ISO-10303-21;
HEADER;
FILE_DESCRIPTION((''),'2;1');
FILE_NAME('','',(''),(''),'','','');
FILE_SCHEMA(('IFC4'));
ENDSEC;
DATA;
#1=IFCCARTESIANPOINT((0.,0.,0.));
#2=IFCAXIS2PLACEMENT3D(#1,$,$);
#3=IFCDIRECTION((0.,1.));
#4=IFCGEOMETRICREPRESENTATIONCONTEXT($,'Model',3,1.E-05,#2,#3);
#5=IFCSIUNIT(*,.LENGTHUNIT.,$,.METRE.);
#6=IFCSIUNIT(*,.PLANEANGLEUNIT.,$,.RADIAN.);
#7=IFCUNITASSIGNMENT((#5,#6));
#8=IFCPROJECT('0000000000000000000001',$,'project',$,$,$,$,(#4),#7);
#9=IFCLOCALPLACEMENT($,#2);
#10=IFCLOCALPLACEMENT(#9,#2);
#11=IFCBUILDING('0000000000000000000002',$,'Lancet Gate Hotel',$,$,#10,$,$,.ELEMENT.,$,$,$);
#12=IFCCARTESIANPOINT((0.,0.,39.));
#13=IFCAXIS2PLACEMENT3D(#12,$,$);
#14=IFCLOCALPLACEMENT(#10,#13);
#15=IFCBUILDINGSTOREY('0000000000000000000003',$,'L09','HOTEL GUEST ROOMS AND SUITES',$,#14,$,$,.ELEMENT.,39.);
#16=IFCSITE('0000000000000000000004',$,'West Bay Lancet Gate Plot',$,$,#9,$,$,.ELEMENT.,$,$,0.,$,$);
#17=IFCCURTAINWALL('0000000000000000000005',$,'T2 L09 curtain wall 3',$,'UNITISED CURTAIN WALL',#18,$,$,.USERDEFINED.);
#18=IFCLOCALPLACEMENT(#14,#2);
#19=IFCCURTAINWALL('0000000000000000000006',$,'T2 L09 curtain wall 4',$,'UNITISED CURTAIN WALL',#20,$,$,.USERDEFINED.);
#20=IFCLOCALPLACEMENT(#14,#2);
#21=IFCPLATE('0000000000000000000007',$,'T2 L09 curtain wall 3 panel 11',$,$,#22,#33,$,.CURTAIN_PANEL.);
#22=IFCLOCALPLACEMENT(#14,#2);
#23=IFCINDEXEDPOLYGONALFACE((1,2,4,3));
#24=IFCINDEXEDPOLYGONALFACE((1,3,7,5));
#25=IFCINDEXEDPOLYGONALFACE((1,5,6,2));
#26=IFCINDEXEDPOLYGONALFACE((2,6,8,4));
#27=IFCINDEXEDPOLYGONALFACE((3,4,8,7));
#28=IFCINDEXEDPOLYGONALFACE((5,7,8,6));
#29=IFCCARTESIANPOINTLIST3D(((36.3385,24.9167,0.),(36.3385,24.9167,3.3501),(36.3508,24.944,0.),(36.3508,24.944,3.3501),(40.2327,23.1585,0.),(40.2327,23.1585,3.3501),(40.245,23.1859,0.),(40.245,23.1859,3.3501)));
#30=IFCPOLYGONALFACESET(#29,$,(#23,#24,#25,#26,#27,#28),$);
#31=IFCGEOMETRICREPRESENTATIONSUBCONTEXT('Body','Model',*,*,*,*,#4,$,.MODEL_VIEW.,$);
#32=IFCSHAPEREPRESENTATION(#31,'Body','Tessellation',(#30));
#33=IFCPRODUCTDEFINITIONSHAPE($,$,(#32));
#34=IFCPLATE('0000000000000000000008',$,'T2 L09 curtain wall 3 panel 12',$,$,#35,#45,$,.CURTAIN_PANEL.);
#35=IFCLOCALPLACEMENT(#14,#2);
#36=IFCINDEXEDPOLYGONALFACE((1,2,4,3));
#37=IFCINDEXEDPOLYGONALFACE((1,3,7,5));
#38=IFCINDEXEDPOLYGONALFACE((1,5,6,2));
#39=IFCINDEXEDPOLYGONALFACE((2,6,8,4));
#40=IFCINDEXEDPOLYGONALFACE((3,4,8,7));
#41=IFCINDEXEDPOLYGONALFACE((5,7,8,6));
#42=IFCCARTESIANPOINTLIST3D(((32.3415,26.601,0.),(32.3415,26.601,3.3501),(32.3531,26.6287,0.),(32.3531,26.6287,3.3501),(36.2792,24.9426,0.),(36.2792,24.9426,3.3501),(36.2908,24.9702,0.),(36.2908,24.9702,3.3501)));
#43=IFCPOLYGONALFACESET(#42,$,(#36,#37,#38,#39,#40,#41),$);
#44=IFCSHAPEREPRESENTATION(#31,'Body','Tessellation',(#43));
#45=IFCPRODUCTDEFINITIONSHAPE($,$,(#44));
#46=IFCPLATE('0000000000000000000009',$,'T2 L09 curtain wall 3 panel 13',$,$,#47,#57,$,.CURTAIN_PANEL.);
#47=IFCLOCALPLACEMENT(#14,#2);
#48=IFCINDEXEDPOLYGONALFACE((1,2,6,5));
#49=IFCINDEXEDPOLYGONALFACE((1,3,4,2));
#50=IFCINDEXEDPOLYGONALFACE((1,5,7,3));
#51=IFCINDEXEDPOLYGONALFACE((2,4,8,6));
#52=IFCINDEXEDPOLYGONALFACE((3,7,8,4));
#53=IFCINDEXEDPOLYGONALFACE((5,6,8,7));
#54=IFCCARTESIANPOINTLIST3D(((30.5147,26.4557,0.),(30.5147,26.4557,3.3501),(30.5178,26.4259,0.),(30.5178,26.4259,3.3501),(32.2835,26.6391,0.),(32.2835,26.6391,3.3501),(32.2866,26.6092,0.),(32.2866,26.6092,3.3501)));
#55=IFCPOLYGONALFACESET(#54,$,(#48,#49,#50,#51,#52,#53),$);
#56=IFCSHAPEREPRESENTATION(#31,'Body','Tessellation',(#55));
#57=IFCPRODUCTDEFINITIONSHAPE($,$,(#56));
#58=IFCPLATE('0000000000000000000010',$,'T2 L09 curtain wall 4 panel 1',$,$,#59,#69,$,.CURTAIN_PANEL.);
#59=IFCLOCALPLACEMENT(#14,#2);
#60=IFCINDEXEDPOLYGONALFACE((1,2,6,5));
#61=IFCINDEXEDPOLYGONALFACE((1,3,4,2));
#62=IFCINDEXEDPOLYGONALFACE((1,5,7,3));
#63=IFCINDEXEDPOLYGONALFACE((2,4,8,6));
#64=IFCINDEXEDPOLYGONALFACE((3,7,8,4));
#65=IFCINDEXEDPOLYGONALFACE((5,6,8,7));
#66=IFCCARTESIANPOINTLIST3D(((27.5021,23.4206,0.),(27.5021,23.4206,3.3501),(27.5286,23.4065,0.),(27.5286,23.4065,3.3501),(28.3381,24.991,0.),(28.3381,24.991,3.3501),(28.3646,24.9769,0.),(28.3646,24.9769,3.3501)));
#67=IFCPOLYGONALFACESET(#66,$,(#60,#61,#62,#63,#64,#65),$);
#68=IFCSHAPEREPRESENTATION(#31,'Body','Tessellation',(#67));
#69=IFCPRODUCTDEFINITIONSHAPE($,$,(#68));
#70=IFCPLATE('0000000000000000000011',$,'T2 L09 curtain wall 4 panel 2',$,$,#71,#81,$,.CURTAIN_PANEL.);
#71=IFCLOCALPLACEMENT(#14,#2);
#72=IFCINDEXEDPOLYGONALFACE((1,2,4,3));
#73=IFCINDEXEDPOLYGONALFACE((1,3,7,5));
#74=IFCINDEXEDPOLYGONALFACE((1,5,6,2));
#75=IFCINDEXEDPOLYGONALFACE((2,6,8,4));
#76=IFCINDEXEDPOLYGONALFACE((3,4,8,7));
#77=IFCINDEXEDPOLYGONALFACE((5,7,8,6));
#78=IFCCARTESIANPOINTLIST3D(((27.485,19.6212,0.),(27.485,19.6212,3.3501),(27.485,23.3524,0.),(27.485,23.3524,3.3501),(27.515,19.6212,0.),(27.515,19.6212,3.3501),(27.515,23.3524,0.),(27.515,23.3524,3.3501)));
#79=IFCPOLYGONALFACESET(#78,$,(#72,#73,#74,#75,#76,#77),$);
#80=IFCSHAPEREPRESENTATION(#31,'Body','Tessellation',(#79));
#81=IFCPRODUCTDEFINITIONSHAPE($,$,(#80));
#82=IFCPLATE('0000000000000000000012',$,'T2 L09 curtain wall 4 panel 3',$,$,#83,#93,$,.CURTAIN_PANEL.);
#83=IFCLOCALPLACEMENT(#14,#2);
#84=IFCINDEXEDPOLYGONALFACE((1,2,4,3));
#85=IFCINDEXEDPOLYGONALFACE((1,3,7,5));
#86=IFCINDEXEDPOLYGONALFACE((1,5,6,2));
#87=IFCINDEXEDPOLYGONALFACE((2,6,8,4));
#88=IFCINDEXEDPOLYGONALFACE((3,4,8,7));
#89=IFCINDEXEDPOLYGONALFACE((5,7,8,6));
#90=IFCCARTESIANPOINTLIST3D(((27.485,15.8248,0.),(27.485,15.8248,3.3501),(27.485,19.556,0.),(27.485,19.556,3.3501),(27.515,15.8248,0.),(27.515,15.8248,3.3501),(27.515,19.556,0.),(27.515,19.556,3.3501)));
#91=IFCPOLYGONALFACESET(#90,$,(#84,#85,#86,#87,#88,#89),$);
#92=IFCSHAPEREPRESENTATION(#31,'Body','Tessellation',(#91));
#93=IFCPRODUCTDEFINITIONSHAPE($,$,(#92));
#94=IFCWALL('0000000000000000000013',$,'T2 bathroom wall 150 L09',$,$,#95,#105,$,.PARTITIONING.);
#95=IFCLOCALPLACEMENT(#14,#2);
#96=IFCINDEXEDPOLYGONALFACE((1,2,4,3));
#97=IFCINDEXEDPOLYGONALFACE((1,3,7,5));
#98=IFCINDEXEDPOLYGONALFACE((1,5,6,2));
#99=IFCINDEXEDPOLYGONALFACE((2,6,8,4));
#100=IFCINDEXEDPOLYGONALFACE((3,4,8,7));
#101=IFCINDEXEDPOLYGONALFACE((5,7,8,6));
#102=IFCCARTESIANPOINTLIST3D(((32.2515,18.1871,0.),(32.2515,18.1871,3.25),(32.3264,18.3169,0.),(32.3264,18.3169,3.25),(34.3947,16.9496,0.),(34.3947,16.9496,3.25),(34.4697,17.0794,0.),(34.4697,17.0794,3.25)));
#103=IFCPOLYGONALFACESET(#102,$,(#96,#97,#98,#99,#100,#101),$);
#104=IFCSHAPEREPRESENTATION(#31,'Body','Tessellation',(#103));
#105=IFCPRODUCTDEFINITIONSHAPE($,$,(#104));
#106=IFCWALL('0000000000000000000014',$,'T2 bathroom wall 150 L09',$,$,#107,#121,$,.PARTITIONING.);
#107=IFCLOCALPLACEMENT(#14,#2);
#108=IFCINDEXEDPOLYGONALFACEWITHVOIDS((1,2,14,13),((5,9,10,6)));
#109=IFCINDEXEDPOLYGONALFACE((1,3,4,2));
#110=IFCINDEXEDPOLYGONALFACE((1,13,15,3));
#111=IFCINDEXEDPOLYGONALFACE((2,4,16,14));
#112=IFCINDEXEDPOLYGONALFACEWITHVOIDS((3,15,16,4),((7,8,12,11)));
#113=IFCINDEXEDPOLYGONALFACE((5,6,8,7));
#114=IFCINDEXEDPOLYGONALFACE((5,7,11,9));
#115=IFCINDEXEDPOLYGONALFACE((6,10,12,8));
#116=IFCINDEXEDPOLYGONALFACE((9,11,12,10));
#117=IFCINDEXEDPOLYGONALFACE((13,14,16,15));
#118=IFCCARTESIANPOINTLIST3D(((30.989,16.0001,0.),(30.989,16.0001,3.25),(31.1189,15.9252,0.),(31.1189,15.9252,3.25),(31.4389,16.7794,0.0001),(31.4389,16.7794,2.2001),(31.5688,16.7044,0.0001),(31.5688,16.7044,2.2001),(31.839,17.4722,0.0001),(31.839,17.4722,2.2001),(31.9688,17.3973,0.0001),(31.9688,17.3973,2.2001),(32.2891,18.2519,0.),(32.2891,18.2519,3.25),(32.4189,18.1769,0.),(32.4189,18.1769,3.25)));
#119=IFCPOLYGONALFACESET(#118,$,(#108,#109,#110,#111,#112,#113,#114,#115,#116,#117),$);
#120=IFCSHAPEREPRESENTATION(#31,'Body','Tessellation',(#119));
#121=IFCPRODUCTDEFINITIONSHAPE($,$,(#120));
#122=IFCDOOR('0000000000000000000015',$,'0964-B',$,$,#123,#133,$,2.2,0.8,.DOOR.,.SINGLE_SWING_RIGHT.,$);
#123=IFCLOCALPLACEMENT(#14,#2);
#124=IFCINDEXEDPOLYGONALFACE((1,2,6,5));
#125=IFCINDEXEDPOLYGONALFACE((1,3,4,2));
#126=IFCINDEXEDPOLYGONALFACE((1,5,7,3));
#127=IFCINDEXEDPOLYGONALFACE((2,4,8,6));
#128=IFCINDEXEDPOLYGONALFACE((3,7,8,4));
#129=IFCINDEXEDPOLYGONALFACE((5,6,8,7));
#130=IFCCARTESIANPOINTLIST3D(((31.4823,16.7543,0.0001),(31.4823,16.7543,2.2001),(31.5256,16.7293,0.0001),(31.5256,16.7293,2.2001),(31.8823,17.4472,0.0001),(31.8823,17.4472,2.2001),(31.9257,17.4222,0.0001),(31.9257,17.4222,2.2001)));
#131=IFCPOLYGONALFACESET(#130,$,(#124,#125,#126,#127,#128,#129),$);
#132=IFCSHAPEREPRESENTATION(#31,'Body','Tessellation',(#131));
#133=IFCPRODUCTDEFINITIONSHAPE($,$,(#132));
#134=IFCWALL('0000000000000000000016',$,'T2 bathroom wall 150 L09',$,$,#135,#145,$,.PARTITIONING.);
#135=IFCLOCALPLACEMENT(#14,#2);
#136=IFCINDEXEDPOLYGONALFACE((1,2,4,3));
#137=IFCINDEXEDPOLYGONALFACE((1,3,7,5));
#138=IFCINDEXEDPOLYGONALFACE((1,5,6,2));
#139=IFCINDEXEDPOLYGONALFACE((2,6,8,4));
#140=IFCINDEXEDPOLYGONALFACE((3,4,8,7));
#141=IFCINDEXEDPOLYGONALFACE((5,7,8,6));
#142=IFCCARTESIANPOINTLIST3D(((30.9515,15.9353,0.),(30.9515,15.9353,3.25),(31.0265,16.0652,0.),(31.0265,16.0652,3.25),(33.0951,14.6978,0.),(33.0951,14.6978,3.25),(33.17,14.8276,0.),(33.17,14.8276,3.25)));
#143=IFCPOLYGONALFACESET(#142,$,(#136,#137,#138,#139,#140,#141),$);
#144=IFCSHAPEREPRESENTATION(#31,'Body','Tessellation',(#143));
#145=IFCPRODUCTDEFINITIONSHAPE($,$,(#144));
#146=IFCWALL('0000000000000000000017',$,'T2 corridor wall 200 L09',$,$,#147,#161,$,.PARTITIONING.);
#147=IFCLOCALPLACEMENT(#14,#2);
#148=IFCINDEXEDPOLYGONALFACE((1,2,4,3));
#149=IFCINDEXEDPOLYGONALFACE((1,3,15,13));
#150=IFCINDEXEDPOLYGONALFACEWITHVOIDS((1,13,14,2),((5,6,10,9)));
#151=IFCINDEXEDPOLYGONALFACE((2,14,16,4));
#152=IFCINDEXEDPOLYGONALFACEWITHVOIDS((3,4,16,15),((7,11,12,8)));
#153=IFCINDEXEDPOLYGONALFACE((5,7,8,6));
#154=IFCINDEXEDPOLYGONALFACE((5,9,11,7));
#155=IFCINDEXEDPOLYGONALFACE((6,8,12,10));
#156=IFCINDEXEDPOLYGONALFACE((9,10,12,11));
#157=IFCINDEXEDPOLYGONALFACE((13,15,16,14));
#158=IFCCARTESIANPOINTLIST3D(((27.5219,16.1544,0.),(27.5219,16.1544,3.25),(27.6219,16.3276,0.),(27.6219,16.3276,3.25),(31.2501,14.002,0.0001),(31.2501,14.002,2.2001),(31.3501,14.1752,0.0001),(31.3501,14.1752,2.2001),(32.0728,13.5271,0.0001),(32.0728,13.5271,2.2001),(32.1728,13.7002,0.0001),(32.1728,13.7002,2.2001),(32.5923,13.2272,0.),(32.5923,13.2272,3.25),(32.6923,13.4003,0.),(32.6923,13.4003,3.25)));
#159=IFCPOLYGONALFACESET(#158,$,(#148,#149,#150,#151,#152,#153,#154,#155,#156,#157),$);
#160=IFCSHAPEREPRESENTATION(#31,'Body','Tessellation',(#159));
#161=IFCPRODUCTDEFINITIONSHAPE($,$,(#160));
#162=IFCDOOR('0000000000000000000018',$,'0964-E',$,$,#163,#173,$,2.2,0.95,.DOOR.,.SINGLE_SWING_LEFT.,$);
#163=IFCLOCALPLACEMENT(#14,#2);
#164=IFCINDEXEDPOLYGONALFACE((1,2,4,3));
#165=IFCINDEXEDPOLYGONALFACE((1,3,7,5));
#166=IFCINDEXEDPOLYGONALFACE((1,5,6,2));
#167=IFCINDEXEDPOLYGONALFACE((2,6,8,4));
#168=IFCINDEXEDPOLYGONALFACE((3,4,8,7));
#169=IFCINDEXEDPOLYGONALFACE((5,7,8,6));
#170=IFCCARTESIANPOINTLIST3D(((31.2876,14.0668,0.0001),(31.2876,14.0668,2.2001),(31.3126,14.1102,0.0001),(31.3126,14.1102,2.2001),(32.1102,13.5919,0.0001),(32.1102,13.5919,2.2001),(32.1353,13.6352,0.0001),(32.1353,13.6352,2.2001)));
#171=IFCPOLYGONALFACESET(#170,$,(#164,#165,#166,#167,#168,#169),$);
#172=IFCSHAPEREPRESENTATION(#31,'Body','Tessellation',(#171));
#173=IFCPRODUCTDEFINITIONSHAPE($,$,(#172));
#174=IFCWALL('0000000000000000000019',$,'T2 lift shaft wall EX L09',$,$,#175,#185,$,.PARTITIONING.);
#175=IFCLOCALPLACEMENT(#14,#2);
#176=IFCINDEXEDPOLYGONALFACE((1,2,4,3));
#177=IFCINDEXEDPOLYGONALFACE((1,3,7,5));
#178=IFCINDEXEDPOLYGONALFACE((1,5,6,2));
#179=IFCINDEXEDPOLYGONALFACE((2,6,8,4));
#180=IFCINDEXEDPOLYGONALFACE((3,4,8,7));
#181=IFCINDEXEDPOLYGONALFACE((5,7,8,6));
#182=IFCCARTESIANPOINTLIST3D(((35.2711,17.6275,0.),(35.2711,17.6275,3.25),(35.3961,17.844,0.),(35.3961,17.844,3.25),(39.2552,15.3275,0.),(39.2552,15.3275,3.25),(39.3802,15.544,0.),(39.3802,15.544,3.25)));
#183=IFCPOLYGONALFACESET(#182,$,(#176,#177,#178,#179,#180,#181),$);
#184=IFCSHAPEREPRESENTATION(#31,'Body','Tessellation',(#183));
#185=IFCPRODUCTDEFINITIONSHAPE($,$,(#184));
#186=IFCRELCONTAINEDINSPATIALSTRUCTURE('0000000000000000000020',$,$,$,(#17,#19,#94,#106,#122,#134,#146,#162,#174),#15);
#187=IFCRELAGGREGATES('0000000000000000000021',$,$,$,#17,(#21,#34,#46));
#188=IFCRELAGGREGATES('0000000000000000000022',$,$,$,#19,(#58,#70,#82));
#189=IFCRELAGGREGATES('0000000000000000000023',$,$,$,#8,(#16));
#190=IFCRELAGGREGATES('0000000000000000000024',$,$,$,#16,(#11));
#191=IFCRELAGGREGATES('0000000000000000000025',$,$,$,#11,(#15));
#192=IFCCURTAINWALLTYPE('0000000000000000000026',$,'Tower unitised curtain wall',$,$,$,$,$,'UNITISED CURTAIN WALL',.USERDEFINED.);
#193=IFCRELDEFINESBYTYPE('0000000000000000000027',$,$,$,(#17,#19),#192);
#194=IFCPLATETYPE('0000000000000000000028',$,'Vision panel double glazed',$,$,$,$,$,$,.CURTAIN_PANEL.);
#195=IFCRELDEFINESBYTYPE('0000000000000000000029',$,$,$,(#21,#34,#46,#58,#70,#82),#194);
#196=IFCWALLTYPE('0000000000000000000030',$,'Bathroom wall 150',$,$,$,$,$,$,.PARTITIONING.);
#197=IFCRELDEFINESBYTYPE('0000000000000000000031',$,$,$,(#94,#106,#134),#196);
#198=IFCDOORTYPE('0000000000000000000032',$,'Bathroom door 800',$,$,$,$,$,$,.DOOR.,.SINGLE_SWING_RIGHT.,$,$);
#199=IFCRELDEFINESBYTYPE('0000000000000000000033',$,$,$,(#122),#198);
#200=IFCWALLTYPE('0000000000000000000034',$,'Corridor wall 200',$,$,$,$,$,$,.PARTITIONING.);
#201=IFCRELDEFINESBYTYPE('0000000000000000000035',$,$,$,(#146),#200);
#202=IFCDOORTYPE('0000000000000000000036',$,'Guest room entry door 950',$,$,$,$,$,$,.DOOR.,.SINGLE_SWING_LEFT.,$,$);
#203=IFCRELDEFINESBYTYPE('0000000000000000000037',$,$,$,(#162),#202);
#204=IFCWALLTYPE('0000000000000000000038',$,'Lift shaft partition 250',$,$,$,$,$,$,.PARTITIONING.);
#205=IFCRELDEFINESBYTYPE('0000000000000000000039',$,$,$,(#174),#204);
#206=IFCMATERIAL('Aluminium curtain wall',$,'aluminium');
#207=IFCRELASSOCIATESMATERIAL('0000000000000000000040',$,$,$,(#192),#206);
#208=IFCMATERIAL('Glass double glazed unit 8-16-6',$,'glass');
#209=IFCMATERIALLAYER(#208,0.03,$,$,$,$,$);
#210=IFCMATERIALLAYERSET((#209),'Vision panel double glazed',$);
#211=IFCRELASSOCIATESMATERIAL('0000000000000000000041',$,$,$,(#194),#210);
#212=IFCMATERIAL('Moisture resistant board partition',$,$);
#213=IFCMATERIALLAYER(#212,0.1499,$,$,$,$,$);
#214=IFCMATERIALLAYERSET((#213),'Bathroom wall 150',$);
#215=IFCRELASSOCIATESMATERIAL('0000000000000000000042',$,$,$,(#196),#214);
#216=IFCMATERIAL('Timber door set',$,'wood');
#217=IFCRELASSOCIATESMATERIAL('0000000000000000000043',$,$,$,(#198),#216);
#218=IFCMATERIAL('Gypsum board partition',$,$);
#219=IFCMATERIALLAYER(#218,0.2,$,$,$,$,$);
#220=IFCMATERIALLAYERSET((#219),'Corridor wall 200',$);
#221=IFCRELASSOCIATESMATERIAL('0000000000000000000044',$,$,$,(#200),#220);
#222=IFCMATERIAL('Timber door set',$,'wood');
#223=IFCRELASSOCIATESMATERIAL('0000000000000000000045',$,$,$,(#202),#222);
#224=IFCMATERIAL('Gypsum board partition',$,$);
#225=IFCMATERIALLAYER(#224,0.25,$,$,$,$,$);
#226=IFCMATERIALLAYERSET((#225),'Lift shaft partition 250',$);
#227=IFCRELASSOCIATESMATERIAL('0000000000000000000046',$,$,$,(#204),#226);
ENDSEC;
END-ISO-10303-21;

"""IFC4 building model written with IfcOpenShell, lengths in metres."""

from ifc_helpers import new_model, si_unit, direction, frame, frame_2d, origin, origin_2d, place, context, subcontext, project, spatial, rectangle, extrude, material, layer, layer_set, type_object, element, fill, aggregate, save


model = new_model("IFC4")

# Units and contexts
model_context = context("Model", 3, precision=1e-05, world=origin(), true_north=direction((0.0, 1.0)))
body_context = subcontext(model_context, "Body", "Model", "MODEL_VIEW")
ifc_project = project(units=[si_unit("LENGTHUNIT", "METRE"), si_unit("PLANEANGLEUNIT", "RADIAN")], contexts=[model_context])

# Site, building, storey
site_placement = place(None, origin())
site = spatial("IfcSite", under=ifc_project, at=site_placement, Name="West Bay Lancet Gate Plot", CompositionType="ELEMENT", RefElevation=0.0)
building_placement = place(site_placement, origin())
building = spatial("IfcBuilding", under=site, at=building_placement, Name="Lancet Gate Hotel", CompositionType="ELEMENT")
storey_placement = place(building_placement, frame((0.0, 0.0, 39.0)))
storey = spatial("IfcBuildingStorey", under=building, at=storey_placement, Name="L09", Description="HOTEL GUEST ROOMS AND SUITES", CompositionType="ELEMENT", Elevation=39.0)

# Curtain walls
ifc_material_1 = material(Name="Aluminium curtain wall", Category="aluminium")
curtain_wall_type = type_object("IfcCurtainWallType", Name="Tower unitised curtain wall", ElementType="UNITISED CURTAIN WALL", PredefinedType="USERDEFINED", material=ifc_material_1)
curtain_wall_1_placement = place(storey_placement, origin())
curtain_wall_1 = element("IfcCurtainWall", 1, at=curtain_wall_1_placement, inside=storey, type_object=curtain_wall_type, Name="T2 L09 curtain wall 3", ObjectType="UNITISED CURTAIN WALL", PredefinedType="USERDEFINED")
curtain_wall_2_placement = place(storey_placement, origin())
curtain_wall_2 = element("IfcCurtainWall", 2, at=curtain_wall_2_placement, inside=storey, type_object=curtain_wall_type, Name="T2 L09 curtain wall 4", ObjectType="UNITISED CURTAIN WALL", PredefinedType="USERDEFINED")

# Plates
ifc_material_2 = material(Name="Glass double glazed unit 8-16-6", Category="glass")
ifc_layer_1 = layer(ifc_material_2, 0.03)
ifc_layer_set_1 = layer_set([ifc_layer_1], Name="Vision panel double glazed")
plate_type = type_object("IfcPlateType", Name="Vision panel double glazed", PredefinedType="CURTAIN_PANEL", material=ifc_layer_set_1)
plate_1_placement = place(storey_placement, frame((38.2917, 24.0513, 0.0), z_axis=(0.0, 0.0, 1.0), x_axis=(-0.911416, 0.411487, 0.0)))
plate_1 = element("IfcPlate", 3, at=plate_1_placement, type_object=plate_type, Name="T2 L09 curtain wall 3 panel 11", PredefinedType="CURTAIN_PANEL", context=body_context, shape_type="SweptSolid", body=[
    extrude(rectangle(XDim=4.2727, YDim=0.03, at=origin_2d()), origin(), (0.0, 0.0, 1.0), 3.3501),
])
plate_2_placement = place(storey_placement, frame((34.3162, 25.7856, 0.0), z_axis=(0.0, 0.0, 1.0), x_axis=(-0.921593, 0.388157, 0.0)))
plate_2 = element("IfcPlate", 4, at=plate_2_placement, type_object=plate_type, Name="T2 L09 curtain wall 3 panel 12", PredefinedType="CURTAIN_PANEL", context=body_context, shape_type="SweptSolid", body=[
    extrude(rectangle(XDim=4.2727, YDim=0.03, at=origin_2d()), origin(), (0.0, 0.0, 1.0), 3.3501),
])
plate_3_placement = place(storey_placement, frame((31.4006, 26.5325, 0.0), z_axis=(0.0, 0.0, 1.0), x_axis=(-0.994672, -0.103088, 0.0)))
plate_3 = element("IfcPlate", 5, at=plate_3_placement, type_object=plate_type, Name="T2 L09 curtain wall 3 panel 13", PredefinedType="CURTAIN_PANEL", context=body_context, shape_type="SweptSolid", body=[
    extrude(rectangle(XDim=1.7783, YDim=0.03, at=origin_2d()), origin(), (0.0, 0.0, 1.0), 3.3501),
])
aggregate(curtain_wall_1, [plate_1, plate_2, plate_3])
plate_4_placement = place(storey_placement, frame((27.9333, 24.1987, 0.0), z_axis=(0.0, 0.0, 1.0), x_axis=(-0.469898, -0.882721, 0.0)))
plate_4 = element("IfcPlate", 6, at=plate_4_placement, type_object=plate_type, Name="T2 L09 curtain wall 4 panel 1", PredefinedType="CURTAIN_PANEL", context=body_context, shape_type="SweptSolid", body=[
    extrude(rectangle(XDim=1.7791, YDim=0.03, at=origin_2d()), origin(), (0.0, 0.0, 1.0), 3.3501),
])
plate_5_placement = place(storey_placement, frame((27.5, 21.4868, 0.0), z_axis=(0.0, 0.0, 1.0), x_axis=(0.0, -1.0, 0.0)))
plate_5 = element("IfcPlate", 7, at=plate_5_placement, type_object=plate_type, Name="T2 L09 curtain wall 4 panel 2", PredefinedType="CURTAIN_PANEL", context=body_context, shape_type="SweptSolid", body=[
    extrude(rectangle(XDim=3.7312, YDim=0.03, at=origin_2d()), origin(), (0.0, 0.0, 1.0), 3.3501),
])
plate_6_placement = place(storey_placement, frame((27.5, 17.6904, 0.0), z_axis=(0.0, 0.0, 1.0), x_axis=(0.0, -1.0, 0.0)))
plate_6 = element("IfcPlate", 8, at=plate_6_placement, type_object=plate_type, Name="T2 L09 curtain wall 4 panel 3", PredefinedType="CURTAIN_PANEL", context=body_context, shape_type="SweptSolid", body=[
    extrude(rectangle(XDim=3.7312, YDim=0.03, at=origin_2d()), origin(), (0.0, 0.0, 1.0), 3.3501),
])
aggregate(curtain_wall_2, [plate_4, plate_5, plate_6])

# Wall
ifc_material_3 = material(Name="Moisture resistant board partition")
ifc_layer_2 = layer(ifc_material_3, 0.1499)
ifc_layer_set_2 = layer_set([ifc_layer_2], Name="Bathroom wall 150")
wall_type_1 = type_object("IfcWallType", Name="Bathroom wall 150", PredefinedType="PARTITIONING", material=ifc_layer_set_2)
wall_1_placement = place(storey_placement, frame((32.2891, 18.252, 0.0), z_axis=(0.0, 0.0, 1.0), x_axis=(0.866007, -0.500033, 0.0)))
element("IfcWall", 9, at=wall_1_placement, inside=storey, type_object=wall_type_1, Name="T2 bathroom wall 150 L09", PredefinedType="PARTITIONING", context=body_context, shape_type="SweptSolid", body=[
    extrude(rectangle(XDim=2.4749, YDim=0.1499, at=frame_2d((1.2373, 0.0))), origin(), (0.0, 0.0, 1.0), 3.25),
])

# Wall, opening, door
wall_2_placement = place(storey_placement, frame((31.054, 15.9626, 0.0), z_axis=(0.0, 0.0, 1.0), x_axis=(0.500007, 0.866021, 0.0)))
wall_2 = element("IfcWall", 10, at=wall_2_placement, inside=storey, type_object=wall_type_1, Name="T2 bathroom wall 150 L09", PredefinedType="PARTITIONING", context=body_context, shape_type="SweptSolid", body=[
    extrude(rectangle(XDim=2.6001, YDim=0.1499, at=frame_2d((1.3, 0.0))), origin(), (0.0, 0.0, 1.0), 3.25),
])
opening_1_placement = place(wall_2_placement, frame((0.8999, 0.0, 0.0)))
opening_1 = element("IfcOpeningElement", 11, at=opening_1_placement, cuts=wall_2, PredefinedType="OPENING", context=body_context, shape_type="SweptSolid", body=[
    extrude(rectangle(XDim=0.8, YDim=2.2, at=frame_2d((0.3999, 1.1001))), frame((0.0, 0.085, 0.0), z_axis=(0.0, -1.0, 0.0), x_axis=(1.0, 0.0, 0.0)), (0.0, 0.0, 1.0), 0.1699),
])
ifc_material_4 = material(Name="Timber door set", Category="wood")
door_type_1 = type_object("IfcDoorType", Name="Bathroom door 800", OperationType="SINGLE_SWING_RIGHT", PredefinedType="DOOR", material=ifc_material_4)
door_1_placement = place(opening_1_placement, origin())
door_1 = element("IfcDoor", 12, at=door_1_placement, inside=storey, type_object=door_type_1, Name="0964-B", OperationType="SINGLE_SWING_RIGHT", OverallHeight=2.2, OverallWidth=0.8, PredefinedType="DOOR", context=body_context, shape_type="SweptSolid", body=[
    extrude(rectangle(XDim=0.8, YDim=2.2, at=frame_2d((0.3999, 1.1001))), frame((0.0, 0.0249, 0.0), z_axis=(0.0, -1.0, 0.0), x_axis=(1.0, 0.0, 0.0)), (0.0, 0.0, 1.0), 0.05),
])
fill(opening_1, door_1)

# Wall
wall_3_placement = place(storey_placement, frame((30.989, 16.0002, 0.0), z_axis=(0.0, 0.0, 1.0), x_axis=(0.866031, -0.49999, 0.0)))
element("IfcWall", 13, at=wall_3_placement, inside=storey, type_object=wall_type_1, Name="T2 bathroom wall 150 L09", PredefinedType="PARTITIONING", context=body_context, shape_type="SweptSolid", body=[
    extrude(rectangle(XDim=2.4751, YDim=0.1499, at=frame_2d((1.2375, 0.0))), origin(), (0.0, 0.0, 1.0), 3.25),
])

# Wall, opening, door
ifc_material_5 = material(Name="Gypsum board partition")
ifc_layer_3 = layer(ifc_material_5, 0.2)
ifc_layer_set_3 = layer_set([ifc_layer_3], Name="Corridor wall 200")
wall_type_2 = type_object("IfcWallType", Name="Corridor wall 200", PredefinedType="PARTITIONING", material=ifc_layer_set_3)
wall_4_placement = place(storey_placement, frame((27.572, 16.241, 0.0), z_axis=(0.0, 0.0, 1.0), x_axis=(0.866033, -0.499987, 0.0)))
wall_4 = element("IfcWall", 14, at=wall_4_placement, inside=storey, type_object=wall_type_2, Name="T2 corridor wall 200 L09", PredefinedType="PARTITIONING", context=body_context, shape_type="SweptSolid", body=[
    extrude(rectangle(XDim=5.8547, YDim=0.2, at=frame_2d((2.9272, 0.0))), origin(), (0.0, 0.0, 1.0), 3.25),
])
opening_2_placement = place(wall_4_placement, frame((4.3047, 0.0, 0.0)))
opening_2 = element("IfcOpeningElement", 15, at=opening_2_placement, cuts=wall_4, PredefinedType="OPENING", context=body_context, shape_type="SweptSolid", body=[
    extrude(rectangle(XDim=0.95, YDim=2.2, at=frame_2d((0.4751, 1.1001))), frame((0.0, 0.1099, 0.0), z_axis=(0.0, -1.0, 0.0), x_axis=(1.0, 0.0, 0.0)), (0.0, 0.0, 1.0), 0.22),
])
ifc_material_6 = material(Name="Timber door set", Category="wood")
door_type_2 = type_object("IfcDoorType", Name="Guest room entry door 950", OperationType="SINGLE_SWING_LEFT", PredefinedType="DOOR", material=ifc_material_6)
door_2_placement = place(opening_2_placement, origin())
door_2 = element("IfcDoor", 16, at=door_2_placement, inside=storey, type_object=door_type_2, Name="0964-E", OperationType="SINGLE_SWING_LEFT", OverallHeight=2.2, OverallWidth=0.95, PredefinedType="DOOR", context=body_context, shape_type="SweptSolid", body=[
    extrude(rectangle(XDim=0.95, YDim=2.2, at=frame_2d((0.4751, 1.1001))), frame((0.0, 0.0249, 0.0), z_axis=(0.0, -1.0, 0.0), x_axis=(1.0, 0.0, 0.0)), (0.0, 0.0, 1.0), 0.05),
])
fill(opening_2, door_2)

# Wall
ifc_material_7 = material(Name="Gypsum board partition")
ifc_layer_4 = layer(ifc_material_7, 0.25)
ifc_layer_set_4 = layer_set([ifc_layer_4], Name="Lift shaft partition 250")
wall_type_3 = type_object("IfcWallType", Name="Lift shaft partition 250", PredefinedType="PARTITIONING", material=ifc_layer_set_4)
wall_5_placement = place(storey_placement, frame((35.3335, 17.7358, 0.0), z_axis=(0.0, 0.0, 1.0), x_axis=(0.866043, -0.499969, 0.0)))
element("IfcWall", 17, at=wall_5_placement, inside=storey, type_object=wall_type_3, Name="T2 lift shaft wall EX L09", PredefinedType="PARTITIONING", context=body_context, shape_type="SweptSolid", body=[
    extrude(rectangle(XDim=4.6003, YDim=0.25, at=frame_2d((2.3003, 0.0))), origin(), (0.0, 0.0, 1.0), 3.25),
])

save(model, "model.ifc")
